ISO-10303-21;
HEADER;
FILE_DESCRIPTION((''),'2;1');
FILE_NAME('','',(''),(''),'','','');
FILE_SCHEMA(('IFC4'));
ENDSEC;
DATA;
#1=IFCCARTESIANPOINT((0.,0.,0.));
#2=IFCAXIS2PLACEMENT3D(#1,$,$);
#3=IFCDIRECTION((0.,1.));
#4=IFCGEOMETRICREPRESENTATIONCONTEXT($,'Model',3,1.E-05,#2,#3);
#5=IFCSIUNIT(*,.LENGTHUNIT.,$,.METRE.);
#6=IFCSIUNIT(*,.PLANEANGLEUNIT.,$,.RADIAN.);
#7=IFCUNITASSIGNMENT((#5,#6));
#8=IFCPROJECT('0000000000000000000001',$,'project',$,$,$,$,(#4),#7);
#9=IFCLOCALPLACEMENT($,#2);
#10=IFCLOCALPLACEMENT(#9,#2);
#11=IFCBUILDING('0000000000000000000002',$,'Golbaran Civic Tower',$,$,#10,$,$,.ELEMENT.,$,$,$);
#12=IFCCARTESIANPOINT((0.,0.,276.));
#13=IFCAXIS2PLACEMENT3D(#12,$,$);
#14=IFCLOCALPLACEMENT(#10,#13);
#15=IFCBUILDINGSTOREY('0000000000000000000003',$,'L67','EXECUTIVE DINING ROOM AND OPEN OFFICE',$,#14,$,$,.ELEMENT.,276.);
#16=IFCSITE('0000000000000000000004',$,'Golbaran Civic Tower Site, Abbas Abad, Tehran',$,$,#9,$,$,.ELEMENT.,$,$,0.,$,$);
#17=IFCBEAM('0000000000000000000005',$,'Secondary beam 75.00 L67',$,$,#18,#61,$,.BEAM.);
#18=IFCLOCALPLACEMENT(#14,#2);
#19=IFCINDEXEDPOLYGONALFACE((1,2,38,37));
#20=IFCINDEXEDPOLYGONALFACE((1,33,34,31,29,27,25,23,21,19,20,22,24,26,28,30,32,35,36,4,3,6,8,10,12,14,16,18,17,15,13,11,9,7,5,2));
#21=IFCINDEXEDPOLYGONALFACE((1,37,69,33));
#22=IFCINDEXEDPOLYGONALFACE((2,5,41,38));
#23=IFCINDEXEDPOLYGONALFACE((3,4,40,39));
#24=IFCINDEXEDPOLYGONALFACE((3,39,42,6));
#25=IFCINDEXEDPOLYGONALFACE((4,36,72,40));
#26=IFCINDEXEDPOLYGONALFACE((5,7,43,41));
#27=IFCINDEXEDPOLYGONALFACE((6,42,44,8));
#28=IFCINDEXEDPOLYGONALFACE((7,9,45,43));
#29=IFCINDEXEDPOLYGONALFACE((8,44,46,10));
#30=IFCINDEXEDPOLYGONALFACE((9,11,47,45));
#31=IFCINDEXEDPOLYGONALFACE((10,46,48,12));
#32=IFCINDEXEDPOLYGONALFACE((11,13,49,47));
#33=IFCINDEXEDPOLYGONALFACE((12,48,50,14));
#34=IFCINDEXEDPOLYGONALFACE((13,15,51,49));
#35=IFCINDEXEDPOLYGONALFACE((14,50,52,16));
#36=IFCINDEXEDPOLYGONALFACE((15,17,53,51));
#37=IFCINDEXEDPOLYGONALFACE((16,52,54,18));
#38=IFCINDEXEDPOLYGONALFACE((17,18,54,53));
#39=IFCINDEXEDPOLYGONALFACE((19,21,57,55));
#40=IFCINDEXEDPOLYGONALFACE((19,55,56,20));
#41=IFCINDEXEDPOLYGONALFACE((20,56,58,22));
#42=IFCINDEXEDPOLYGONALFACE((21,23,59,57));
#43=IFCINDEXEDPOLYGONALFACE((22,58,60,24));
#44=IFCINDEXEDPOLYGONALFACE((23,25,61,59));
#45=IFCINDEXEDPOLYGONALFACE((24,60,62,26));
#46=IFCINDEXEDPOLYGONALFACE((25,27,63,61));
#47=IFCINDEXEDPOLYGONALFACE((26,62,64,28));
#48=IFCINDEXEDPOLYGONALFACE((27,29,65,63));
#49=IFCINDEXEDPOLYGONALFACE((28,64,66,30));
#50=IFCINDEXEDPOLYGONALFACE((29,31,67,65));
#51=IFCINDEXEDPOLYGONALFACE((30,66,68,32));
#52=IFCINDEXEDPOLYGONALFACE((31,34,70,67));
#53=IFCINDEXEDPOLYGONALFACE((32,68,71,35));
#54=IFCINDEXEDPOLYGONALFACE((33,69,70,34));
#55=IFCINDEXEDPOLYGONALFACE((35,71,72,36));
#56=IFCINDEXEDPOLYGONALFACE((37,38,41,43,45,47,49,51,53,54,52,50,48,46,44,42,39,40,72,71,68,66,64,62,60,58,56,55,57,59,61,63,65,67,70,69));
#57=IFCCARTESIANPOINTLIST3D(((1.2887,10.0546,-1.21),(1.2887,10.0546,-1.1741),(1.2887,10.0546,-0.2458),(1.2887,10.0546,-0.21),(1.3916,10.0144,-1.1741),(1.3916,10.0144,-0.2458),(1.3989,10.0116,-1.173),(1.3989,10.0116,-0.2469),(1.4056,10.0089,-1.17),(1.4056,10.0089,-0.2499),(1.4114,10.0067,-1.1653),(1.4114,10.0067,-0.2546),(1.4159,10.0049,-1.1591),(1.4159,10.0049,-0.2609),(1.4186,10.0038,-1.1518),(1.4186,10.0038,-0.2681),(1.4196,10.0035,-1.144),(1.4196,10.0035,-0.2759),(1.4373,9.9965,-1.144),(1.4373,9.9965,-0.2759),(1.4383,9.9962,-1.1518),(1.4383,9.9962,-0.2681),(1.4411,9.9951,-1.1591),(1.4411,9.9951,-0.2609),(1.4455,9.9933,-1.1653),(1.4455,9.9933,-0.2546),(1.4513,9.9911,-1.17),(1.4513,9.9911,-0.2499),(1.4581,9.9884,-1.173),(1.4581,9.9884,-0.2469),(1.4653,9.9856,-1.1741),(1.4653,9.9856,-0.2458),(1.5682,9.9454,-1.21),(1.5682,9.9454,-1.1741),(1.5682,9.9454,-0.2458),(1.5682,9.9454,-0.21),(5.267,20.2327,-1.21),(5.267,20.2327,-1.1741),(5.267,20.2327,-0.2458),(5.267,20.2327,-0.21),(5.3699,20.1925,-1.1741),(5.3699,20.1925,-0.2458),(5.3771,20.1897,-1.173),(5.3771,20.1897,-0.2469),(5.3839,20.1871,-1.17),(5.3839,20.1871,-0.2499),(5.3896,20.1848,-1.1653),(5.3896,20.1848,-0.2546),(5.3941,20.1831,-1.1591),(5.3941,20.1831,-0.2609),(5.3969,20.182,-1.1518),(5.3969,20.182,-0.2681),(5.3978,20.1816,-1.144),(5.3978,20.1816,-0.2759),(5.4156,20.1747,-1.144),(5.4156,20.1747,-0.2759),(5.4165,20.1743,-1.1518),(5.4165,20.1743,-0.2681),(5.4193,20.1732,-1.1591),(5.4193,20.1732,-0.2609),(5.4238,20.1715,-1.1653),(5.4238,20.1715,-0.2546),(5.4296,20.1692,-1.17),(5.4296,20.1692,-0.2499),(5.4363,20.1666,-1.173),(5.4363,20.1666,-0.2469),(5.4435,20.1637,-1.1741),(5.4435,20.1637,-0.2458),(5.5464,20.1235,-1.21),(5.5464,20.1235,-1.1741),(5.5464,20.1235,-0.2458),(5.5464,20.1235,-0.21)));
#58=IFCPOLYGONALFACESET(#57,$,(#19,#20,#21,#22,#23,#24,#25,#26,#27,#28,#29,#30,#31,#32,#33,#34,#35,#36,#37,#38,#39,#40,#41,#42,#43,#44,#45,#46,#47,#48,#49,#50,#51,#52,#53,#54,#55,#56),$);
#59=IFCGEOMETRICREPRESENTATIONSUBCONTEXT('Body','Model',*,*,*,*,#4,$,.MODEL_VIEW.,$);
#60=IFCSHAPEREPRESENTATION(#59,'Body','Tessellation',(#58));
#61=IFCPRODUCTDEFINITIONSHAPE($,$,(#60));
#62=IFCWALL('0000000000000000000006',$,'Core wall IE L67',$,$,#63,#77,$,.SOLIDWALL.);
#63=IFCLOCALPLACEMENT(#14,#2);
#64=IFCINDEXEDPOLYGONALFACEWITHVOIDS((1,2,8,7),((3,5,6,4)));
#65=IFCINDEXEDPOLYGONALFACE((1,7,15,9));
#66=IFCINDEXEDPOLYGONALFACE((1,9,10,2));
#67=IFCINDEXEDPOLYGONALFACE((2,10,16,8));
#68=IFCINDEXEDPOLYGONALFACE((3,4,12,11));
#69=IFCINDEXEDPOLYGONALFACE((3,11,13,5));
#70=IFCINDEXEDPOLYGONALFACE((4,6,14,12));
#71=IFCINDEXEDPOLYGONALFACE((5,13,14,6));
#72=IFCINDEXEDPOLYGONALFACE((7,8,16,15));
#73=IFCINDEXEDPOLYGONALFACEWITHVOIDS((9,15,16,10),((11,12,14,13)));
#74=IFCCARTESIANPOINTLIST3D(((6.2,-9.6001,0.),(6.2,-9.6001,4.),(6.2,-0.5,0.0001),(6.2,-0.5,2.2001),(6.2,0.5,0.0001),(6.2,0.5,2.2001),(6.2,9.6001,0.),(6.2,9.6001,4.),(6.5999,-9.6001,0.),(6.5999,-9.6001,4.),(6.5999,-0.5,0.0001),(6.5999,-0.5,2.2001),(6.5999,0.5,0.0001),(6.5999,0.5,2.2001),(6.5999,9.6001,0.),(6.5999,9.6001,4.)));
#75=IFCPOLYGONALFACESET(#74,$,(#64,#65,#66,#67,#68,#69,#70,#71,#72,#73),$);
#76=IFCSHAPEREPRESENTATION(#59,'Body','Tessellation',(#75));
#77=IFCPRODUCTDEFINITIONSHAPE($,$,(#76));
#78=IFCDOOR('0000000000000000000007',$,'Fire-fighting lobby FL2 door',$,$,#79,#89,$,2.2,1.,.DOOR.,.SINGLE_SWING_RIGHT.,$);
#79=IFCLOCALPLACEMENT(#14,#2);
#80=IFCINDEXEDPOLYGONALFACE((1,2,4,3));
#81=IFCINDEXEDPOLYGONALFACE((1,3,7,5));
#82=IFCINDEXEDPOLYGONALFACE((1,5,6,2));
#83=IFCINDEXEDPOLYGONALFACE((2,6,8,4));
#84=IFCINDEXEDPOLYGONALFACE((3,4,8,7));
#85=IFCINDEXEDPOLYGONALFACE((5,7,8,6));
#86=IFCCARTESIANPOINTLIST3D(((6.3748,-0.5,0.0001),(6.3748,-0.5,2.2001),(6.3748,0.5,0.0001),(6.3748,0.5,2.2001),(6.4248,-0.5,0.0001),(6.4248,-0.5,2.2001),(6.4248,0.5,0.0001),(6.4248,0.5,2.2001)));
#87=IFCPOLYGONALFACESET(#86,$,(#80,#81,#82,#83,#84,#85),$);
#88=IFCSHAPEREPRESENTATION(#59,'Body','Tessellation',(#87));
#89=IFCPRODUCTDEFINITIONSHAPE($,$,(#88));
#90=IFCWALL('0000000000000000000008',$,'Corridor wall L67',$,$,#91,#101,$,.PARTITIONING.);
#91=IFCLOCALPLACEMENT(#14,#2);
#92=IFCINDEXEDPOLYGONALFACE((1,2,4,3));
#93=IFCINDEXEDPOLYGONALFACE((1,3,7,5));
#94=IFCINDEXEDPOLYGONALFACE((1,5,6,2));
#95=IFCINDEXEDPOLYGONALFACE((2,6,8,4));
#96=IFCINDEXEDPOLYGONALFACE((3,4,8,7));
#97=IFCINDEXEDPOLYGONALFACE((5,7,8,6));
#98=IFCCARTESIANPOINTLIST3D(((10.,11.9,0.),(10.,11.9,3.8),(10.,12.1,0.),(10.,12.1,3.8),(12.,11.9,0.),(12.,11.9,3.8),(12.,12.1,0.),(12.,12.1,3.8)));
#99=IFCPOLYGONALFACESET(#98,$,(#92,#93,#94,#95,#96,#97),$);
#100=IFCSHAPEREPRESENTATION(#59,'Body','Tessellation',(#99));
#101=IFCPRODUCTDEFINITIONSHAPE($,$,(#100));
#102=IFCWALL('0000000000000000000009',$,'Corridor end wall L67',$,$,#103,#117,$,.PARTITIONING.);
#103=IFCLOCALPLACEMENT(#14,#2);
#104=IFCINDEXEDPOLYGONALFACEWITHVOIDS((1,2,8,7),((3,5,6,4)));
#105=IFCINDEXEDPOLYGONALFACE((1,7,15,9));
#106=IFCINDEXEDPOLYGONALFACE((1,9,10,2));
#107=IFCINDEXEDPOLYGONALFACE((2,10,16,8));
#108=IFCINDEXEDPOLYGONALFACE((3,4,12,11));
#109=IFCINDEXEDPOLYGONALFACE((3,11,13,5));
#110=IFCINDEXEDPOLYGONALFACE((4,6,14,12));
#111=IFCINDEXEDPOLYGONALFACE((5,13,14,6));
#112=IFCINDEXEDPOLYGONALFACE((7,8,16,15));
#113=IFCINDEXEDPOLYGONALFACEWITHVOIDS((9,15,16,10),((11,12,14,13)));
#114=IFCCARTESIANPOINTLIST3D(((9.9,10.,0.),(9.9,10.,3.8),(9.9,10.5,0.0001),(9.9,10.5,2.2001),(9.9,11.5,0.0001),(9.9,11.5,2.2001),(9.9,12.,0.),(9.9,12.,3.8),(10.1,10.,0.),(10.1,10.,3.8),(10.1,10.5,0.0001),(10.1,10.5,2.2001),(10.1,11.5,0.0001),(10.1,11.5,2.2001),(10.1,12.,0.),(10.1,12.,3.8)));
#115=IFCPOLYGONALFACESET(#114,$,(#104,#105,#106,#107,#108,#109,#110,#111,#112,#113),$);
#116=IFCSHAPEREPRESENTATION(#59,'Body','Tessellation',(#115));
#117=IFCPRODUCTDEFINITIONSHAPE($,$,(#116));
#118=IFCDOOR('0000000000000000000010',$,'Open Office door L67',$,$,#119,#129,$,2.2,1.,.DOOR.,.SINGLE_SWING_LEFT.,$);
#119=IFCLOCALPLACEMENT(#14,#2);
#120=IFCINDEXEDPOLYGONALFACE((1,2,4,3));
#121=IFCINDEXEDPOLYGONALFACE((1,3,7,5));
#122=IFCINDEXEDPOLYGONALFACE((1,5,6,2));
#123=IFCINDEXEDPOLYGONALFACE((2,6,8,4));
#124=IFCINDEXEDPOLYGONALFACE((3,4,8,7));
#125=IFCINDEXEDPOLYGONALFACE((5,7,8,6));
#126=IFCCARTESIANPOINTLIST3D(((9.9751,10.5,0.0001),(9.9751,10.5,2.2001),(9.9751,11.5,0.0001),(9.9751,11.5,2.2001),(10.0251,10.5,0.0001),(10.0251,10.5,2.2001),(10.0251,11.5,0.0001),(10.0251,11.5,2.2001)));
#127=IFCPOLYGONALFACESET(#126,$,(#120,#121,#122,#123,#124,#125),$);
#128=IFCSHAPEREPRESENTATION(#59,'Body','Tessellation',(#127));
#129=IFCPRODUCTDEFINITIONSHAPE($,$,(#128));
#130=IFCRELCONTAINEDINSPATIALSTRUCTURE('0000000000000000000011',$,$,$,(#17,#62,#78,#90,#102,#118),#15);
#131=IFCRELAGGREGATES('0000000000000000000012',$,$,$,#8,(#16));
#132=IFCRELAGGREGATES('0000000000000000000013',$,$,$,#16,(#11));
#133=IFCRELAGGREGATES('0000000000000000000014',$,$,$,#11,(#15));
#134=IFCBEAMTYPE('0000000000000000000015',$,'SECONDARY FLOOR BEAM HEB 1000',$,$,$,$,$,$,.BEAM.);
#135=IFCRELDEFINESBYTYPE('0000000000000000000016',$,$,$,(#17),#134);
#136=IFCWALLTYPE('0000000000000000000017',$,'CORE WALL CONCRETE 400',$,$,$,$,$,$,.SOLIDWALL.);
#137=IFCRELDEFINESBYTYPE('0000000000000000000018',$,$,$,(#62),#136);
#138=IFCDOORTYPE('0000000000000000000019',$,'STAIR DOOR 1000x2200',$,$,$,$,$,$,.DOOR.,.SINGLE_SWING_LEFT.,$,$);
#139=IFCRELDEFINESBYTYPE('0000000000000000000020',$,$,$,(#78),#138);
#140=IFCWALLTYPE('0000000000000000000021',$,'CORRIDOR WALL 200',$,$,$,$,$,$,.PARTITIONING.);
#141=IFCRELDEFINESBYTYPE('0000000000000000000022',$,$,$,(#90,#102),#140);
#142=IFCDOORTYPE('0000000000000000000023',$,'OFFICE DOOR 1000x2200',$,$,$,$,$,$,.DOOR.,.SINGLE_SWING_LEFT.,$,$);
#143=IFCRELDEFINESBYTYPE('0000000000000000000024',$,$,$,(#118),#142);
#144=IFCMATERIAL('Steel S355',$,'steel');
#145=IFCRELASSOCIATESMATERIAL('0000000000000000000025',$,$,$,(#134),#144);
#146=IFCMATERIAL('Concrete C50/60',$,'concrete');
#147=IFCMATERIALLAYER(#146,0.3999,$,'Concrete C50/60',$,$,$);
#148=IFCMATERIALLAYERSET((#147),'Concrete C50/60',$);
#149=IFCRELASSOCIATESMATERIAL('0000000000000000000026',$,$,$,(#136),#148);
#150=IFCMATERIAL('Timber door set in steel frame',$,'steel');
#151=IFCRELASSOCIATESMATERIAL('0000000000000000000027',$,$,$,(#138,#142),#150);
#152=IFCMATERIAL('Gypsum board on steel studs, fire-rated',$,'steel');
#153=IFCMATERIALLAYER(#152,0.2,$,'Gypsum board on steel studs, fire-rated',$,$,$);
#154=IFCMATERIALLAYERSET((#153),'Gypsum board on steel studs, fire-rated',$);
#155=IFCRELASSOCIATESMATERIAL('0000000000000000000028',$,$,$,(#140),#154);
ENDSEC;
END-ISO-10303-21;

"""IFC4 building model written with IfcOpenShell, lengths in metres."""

from ifc_helpers import new_model, si_unit, direction, frame, frame_2d, origin, origin_2d, place, context, subcontext, project, spatial, rectangle, i_section, extrude, material, layer, layer_set, material_profile, profile_set, type_object, element, fill, save


model = new_model("IFC4")

# Units and contexts
model_context = context("Model", 3, precision=1e-05, world=origin(), true_north=direction((0.0, 1.0)))
body_context = subcontext(model_context, "Body", "Model", "MODEL_VIEW")
ifc_project = project(units=[si_unit("LENGTHUNIT", "METRE"), si_unit("PLANEANGLEUNIT", "RADIAN")], contexts=[model_context])

# Site, building, storey
site_placement = place(None, origin())
site = spatial("IfcSite", under=ifc_project, at=site_placement, Name="Golbaran Civic Tower Site, Abbas Abad, Tehran", CompositionType="ELEMENT", RefElevation=0.0)
building_placement = place(site_placement, origin())
building = spatial("IfcBuilding", under=site, at=building_placement, Name="Golbaran Civic Tower", CompositionType="ELEMENT")
storey_placement = place(building_placement, frame((0.0, 0.0, 276.0)))
storey = spatial("IfcBuildingStorey", under=building, at=storey_placement, Name="L67", Description="EXECUTIVE DINING ROOM AND OPEN OFFICE", CompositionType="ELEMENT", Elevation=276.0)

# Beam
ifc_material_1 = material(Name="Steel S355", Category="steel")
ifc_material_profile_1 = material_profile(ifc_material_1, i_section(OverallWidth=0.3, OverallDepth=1.0, WebThickness=0.019, FlangeThickness=0.0359, FilletRadius=0.03, at=origin_2d()), Name="HEB 1000")
ifc_profile_set_1 = profile_set([ifc_material_profile_1], Name="Steel S355")
beam_type_1 = type_object("IfcBeamType", Name="SECONDARY FLOOR BEAM HEB 1000", PredefinedType="BEAM", material=ifc_profile_set_1)
beam_1_placement = place(storey_placement, frame((1.4285, 10.0, -0.71), z_axis=(0.364041, 0.931383, 0.0), x_axis=(-0.931383, 0.364041, 0.0)))
element("IfcBeam", 1, at=beam_1_placement, inside=storey, type_object=beam_type_1, Name="Secondary beam 75.00 L67", PredefinedType="BEAM", context=body_context, shape_type="SweptSolid", body=[
    extrude(i_section(OverallWidth=0.3, OverallDepth=1.0, WebThickness=0.019, FlangeThickness=0.0359, FilletRadius=0.03, at=origin_2d()), origin(), (0.0, 0.0, 1.0), 10.928),
])

# Wall, opening, door
ifc_material_2 = material(Name="Concrete C50/60", Category="concrete")
ifc_layer_1 = layer(ifc_material_2, 0.3999, Name="Concrete C50/60")
ifc_layer_set_1 = layer_set([ifc_layer_1], Name="Concrete C50/60")
wall_type_1 = type_object("IfcWallType", Name="CORE WALL CONCRETE 400", PredefinedType="SOLIDWALL", material=ifc_layer_set_1)
wall_1_placement = place(storey_placement, frame((6.3999, 9.6001, 0.0), z_axis=(0.0, 0.0, 1.0), x_axis=(0.0, -1.0, 0.0)))
wall_1 = element("IfcWall", 2, at=wall_1_placement, inside=storey, type_object=wall_type_1, Name="Core wall IE L67", PredefinedType="SOLIDWALL", context=body_context, shape_type="SweptSolid", body=[
    extrude(rectangle(XDim=19.2002, YDim=0.3999, at=frame_2d((9.6001, 0.0))), origin(), (0.0, 0.0, 1.0), 4.0),
])
opening_1_placement = place(wall_1_placement, frame((9.1001, 0.0, 0.0)))
opening_1 = element("IfcOpeningElement", 3, at=opening_1_placement, cuts=wall_1, PredefinedType="OPENING", context=body_context, shape_type="SweptSolid", body=[
    extrude(rectangle(XDim=1.0, YDim=2.2, at=frame_2d((0.5, 1.1001))), frame((0.0, 0.21, 0.0), z_axis=(0.0, -1.0, 0.0), x_axis=(1.0, 0.0, 0.0)), (0.0, 0.0, 1.0), 0.4199),
])
ifc_material_3 = material(Name="Timber door set in steel frame", Category="steel")
door_type_1 = type_object("IfcDoorType", Name="STAIR DOOR 1000x2200", OperationType="SINGLE_SWING_LEFT", PredefinedType="DOOR", material=ifc_material_3)
door_1_placement = place(opening_1_placement, origin())
door_1 = element("IfcDoor", 4, at=door_1_placement, inside=storey, type_object=door_type_1, Name="Fire-fighting lobby FL2 door", OperationType="SINGLE_SWING_RIGHT", OverallHeight=2.2, OverallWidth=1.0, PredefinedType="DOOR", context=body_context, shape_type="SweptSolid", body=[
    extrude(rectangle(XDim=1.0, YDim=2.2, at=frame_2d((0.5, 1.1001))), frame((0.0, 0.0249, 0.0), z_axis=(0.0, -1.0, 0.0), x_axis=(1.0, 0.0, 0.0)), (0.0, 0.0, 1.0), 0.05),
])
fill(opening_1, door_1)

# Wall
ifc_material_4 = material(Name="Gypsum board on steel studs, fire-rated", Category="steel")
ifc_layer_2 = layer(ifc_material_4, 0.2, Name="Gypsum board on steel studs, fire-rated")
ifc_layer_set_2 = layer_set([ifc_layer_2], Name="Gypsum board on steel studs, fire-rated")
wall_type_2 = type_object("IfcWallType", Name="CORRIDOR WALL 200", PredefinedType="PARTITIONING", material=ifc_layer_set_2)
wall_2_placement = place(storey_placement, frame((12.0, 12.0, 0.0), z_axis=(0.0, 0.0, 1.0), x_axis=(-1.0, 0.0, 0.0)))
element("IfcWall", 5, at=wall_2_placement, inside=storey, type_object=wall_type_2, Name="Corridor wall L67", PredefinedType="PARTITIONING", context=body_context, shape_type="SweptSolid", body=[
    extrude(rectangle(XDim=2.0, YDim=0.2, at=frame_2d((1.0, 0.0))), origin(), (0.0, 0.0, 1.0), 3.8),
])

# Wall, opening, door
wall_3_placement = place(storey_placement, frame((10.0, 10.0, 0.0), z_axis=(0.0, 0.0, 1.0), x_axis=(0.0, 1.0, 0.0)))
wall_3 = element("IfcWall", 6, at=wall_3_placement, inside=storey, type_object=wall_type_2, Name="Corridor end wall L67", PredefinedType="PARTITIONING", context=body_context, shape_type="SweptSolid", body=[
    extrude(rectangle(XDim=2.0, YDim=0.2, at=frame_2d((1.0, 0.0))), origin(), (0.0, 0.0, 1.0), 3.8),
])
opening_2_placement = place(wall_3_placement, frame((0.5, 0.0, 0.0)))
opening_2 = element("IfcOpeningElement", 7, at=opening_2_placement, cuts=wall_3, PredefinedType="OPENING", context=body_context, shape_type="SweptSolid", body=[
    extrude(rectangle(XDim=1.0, YDim=2.2, at=frame_2d((0.5, 1.1001))), frame((0.0, 0.1099, 0.0), z_axis=(0.0, -1.0, 0.0), x_axis=(1.0, 0.0, 0.0)), (0.0, 0.0, 1.0), 0.22),
])
door_type_2 = type_object("IfcDoorType", Name="OFFICE DOOR 1000x2200", OperationType="SINGLE_SWING_LEFT", PredefinedType="DOOR", material=ifc_material_3)
door_2_placement = place(opening_2_placement, origin())
door_2 = element("IfcDoor", 8, at=door_2_placement, inside=storey, type_object=door_type_2, Name="Open Office door L67", OperationType="SINGLE_SWING_LEFT", OverallHeight=2.2, OverallWidth=1.0, PredefinedType="DOOR", context=body_context, shape_type="SweptSolid", body=[
    extrude(rectangle(XDim=1.0, YDim=2.2, at=frame_2d((0.5, 1.1001))), frame((0.0, 0.0249, 0.0), z_axis=(0.0, -1.0, 0.0), x_axis=(1.0, 0.0, 0.0)), (0.0, 0.0, 1.0), 0.05),
])
fill(opening_2, door_2)

save(model, "model.ifc")
